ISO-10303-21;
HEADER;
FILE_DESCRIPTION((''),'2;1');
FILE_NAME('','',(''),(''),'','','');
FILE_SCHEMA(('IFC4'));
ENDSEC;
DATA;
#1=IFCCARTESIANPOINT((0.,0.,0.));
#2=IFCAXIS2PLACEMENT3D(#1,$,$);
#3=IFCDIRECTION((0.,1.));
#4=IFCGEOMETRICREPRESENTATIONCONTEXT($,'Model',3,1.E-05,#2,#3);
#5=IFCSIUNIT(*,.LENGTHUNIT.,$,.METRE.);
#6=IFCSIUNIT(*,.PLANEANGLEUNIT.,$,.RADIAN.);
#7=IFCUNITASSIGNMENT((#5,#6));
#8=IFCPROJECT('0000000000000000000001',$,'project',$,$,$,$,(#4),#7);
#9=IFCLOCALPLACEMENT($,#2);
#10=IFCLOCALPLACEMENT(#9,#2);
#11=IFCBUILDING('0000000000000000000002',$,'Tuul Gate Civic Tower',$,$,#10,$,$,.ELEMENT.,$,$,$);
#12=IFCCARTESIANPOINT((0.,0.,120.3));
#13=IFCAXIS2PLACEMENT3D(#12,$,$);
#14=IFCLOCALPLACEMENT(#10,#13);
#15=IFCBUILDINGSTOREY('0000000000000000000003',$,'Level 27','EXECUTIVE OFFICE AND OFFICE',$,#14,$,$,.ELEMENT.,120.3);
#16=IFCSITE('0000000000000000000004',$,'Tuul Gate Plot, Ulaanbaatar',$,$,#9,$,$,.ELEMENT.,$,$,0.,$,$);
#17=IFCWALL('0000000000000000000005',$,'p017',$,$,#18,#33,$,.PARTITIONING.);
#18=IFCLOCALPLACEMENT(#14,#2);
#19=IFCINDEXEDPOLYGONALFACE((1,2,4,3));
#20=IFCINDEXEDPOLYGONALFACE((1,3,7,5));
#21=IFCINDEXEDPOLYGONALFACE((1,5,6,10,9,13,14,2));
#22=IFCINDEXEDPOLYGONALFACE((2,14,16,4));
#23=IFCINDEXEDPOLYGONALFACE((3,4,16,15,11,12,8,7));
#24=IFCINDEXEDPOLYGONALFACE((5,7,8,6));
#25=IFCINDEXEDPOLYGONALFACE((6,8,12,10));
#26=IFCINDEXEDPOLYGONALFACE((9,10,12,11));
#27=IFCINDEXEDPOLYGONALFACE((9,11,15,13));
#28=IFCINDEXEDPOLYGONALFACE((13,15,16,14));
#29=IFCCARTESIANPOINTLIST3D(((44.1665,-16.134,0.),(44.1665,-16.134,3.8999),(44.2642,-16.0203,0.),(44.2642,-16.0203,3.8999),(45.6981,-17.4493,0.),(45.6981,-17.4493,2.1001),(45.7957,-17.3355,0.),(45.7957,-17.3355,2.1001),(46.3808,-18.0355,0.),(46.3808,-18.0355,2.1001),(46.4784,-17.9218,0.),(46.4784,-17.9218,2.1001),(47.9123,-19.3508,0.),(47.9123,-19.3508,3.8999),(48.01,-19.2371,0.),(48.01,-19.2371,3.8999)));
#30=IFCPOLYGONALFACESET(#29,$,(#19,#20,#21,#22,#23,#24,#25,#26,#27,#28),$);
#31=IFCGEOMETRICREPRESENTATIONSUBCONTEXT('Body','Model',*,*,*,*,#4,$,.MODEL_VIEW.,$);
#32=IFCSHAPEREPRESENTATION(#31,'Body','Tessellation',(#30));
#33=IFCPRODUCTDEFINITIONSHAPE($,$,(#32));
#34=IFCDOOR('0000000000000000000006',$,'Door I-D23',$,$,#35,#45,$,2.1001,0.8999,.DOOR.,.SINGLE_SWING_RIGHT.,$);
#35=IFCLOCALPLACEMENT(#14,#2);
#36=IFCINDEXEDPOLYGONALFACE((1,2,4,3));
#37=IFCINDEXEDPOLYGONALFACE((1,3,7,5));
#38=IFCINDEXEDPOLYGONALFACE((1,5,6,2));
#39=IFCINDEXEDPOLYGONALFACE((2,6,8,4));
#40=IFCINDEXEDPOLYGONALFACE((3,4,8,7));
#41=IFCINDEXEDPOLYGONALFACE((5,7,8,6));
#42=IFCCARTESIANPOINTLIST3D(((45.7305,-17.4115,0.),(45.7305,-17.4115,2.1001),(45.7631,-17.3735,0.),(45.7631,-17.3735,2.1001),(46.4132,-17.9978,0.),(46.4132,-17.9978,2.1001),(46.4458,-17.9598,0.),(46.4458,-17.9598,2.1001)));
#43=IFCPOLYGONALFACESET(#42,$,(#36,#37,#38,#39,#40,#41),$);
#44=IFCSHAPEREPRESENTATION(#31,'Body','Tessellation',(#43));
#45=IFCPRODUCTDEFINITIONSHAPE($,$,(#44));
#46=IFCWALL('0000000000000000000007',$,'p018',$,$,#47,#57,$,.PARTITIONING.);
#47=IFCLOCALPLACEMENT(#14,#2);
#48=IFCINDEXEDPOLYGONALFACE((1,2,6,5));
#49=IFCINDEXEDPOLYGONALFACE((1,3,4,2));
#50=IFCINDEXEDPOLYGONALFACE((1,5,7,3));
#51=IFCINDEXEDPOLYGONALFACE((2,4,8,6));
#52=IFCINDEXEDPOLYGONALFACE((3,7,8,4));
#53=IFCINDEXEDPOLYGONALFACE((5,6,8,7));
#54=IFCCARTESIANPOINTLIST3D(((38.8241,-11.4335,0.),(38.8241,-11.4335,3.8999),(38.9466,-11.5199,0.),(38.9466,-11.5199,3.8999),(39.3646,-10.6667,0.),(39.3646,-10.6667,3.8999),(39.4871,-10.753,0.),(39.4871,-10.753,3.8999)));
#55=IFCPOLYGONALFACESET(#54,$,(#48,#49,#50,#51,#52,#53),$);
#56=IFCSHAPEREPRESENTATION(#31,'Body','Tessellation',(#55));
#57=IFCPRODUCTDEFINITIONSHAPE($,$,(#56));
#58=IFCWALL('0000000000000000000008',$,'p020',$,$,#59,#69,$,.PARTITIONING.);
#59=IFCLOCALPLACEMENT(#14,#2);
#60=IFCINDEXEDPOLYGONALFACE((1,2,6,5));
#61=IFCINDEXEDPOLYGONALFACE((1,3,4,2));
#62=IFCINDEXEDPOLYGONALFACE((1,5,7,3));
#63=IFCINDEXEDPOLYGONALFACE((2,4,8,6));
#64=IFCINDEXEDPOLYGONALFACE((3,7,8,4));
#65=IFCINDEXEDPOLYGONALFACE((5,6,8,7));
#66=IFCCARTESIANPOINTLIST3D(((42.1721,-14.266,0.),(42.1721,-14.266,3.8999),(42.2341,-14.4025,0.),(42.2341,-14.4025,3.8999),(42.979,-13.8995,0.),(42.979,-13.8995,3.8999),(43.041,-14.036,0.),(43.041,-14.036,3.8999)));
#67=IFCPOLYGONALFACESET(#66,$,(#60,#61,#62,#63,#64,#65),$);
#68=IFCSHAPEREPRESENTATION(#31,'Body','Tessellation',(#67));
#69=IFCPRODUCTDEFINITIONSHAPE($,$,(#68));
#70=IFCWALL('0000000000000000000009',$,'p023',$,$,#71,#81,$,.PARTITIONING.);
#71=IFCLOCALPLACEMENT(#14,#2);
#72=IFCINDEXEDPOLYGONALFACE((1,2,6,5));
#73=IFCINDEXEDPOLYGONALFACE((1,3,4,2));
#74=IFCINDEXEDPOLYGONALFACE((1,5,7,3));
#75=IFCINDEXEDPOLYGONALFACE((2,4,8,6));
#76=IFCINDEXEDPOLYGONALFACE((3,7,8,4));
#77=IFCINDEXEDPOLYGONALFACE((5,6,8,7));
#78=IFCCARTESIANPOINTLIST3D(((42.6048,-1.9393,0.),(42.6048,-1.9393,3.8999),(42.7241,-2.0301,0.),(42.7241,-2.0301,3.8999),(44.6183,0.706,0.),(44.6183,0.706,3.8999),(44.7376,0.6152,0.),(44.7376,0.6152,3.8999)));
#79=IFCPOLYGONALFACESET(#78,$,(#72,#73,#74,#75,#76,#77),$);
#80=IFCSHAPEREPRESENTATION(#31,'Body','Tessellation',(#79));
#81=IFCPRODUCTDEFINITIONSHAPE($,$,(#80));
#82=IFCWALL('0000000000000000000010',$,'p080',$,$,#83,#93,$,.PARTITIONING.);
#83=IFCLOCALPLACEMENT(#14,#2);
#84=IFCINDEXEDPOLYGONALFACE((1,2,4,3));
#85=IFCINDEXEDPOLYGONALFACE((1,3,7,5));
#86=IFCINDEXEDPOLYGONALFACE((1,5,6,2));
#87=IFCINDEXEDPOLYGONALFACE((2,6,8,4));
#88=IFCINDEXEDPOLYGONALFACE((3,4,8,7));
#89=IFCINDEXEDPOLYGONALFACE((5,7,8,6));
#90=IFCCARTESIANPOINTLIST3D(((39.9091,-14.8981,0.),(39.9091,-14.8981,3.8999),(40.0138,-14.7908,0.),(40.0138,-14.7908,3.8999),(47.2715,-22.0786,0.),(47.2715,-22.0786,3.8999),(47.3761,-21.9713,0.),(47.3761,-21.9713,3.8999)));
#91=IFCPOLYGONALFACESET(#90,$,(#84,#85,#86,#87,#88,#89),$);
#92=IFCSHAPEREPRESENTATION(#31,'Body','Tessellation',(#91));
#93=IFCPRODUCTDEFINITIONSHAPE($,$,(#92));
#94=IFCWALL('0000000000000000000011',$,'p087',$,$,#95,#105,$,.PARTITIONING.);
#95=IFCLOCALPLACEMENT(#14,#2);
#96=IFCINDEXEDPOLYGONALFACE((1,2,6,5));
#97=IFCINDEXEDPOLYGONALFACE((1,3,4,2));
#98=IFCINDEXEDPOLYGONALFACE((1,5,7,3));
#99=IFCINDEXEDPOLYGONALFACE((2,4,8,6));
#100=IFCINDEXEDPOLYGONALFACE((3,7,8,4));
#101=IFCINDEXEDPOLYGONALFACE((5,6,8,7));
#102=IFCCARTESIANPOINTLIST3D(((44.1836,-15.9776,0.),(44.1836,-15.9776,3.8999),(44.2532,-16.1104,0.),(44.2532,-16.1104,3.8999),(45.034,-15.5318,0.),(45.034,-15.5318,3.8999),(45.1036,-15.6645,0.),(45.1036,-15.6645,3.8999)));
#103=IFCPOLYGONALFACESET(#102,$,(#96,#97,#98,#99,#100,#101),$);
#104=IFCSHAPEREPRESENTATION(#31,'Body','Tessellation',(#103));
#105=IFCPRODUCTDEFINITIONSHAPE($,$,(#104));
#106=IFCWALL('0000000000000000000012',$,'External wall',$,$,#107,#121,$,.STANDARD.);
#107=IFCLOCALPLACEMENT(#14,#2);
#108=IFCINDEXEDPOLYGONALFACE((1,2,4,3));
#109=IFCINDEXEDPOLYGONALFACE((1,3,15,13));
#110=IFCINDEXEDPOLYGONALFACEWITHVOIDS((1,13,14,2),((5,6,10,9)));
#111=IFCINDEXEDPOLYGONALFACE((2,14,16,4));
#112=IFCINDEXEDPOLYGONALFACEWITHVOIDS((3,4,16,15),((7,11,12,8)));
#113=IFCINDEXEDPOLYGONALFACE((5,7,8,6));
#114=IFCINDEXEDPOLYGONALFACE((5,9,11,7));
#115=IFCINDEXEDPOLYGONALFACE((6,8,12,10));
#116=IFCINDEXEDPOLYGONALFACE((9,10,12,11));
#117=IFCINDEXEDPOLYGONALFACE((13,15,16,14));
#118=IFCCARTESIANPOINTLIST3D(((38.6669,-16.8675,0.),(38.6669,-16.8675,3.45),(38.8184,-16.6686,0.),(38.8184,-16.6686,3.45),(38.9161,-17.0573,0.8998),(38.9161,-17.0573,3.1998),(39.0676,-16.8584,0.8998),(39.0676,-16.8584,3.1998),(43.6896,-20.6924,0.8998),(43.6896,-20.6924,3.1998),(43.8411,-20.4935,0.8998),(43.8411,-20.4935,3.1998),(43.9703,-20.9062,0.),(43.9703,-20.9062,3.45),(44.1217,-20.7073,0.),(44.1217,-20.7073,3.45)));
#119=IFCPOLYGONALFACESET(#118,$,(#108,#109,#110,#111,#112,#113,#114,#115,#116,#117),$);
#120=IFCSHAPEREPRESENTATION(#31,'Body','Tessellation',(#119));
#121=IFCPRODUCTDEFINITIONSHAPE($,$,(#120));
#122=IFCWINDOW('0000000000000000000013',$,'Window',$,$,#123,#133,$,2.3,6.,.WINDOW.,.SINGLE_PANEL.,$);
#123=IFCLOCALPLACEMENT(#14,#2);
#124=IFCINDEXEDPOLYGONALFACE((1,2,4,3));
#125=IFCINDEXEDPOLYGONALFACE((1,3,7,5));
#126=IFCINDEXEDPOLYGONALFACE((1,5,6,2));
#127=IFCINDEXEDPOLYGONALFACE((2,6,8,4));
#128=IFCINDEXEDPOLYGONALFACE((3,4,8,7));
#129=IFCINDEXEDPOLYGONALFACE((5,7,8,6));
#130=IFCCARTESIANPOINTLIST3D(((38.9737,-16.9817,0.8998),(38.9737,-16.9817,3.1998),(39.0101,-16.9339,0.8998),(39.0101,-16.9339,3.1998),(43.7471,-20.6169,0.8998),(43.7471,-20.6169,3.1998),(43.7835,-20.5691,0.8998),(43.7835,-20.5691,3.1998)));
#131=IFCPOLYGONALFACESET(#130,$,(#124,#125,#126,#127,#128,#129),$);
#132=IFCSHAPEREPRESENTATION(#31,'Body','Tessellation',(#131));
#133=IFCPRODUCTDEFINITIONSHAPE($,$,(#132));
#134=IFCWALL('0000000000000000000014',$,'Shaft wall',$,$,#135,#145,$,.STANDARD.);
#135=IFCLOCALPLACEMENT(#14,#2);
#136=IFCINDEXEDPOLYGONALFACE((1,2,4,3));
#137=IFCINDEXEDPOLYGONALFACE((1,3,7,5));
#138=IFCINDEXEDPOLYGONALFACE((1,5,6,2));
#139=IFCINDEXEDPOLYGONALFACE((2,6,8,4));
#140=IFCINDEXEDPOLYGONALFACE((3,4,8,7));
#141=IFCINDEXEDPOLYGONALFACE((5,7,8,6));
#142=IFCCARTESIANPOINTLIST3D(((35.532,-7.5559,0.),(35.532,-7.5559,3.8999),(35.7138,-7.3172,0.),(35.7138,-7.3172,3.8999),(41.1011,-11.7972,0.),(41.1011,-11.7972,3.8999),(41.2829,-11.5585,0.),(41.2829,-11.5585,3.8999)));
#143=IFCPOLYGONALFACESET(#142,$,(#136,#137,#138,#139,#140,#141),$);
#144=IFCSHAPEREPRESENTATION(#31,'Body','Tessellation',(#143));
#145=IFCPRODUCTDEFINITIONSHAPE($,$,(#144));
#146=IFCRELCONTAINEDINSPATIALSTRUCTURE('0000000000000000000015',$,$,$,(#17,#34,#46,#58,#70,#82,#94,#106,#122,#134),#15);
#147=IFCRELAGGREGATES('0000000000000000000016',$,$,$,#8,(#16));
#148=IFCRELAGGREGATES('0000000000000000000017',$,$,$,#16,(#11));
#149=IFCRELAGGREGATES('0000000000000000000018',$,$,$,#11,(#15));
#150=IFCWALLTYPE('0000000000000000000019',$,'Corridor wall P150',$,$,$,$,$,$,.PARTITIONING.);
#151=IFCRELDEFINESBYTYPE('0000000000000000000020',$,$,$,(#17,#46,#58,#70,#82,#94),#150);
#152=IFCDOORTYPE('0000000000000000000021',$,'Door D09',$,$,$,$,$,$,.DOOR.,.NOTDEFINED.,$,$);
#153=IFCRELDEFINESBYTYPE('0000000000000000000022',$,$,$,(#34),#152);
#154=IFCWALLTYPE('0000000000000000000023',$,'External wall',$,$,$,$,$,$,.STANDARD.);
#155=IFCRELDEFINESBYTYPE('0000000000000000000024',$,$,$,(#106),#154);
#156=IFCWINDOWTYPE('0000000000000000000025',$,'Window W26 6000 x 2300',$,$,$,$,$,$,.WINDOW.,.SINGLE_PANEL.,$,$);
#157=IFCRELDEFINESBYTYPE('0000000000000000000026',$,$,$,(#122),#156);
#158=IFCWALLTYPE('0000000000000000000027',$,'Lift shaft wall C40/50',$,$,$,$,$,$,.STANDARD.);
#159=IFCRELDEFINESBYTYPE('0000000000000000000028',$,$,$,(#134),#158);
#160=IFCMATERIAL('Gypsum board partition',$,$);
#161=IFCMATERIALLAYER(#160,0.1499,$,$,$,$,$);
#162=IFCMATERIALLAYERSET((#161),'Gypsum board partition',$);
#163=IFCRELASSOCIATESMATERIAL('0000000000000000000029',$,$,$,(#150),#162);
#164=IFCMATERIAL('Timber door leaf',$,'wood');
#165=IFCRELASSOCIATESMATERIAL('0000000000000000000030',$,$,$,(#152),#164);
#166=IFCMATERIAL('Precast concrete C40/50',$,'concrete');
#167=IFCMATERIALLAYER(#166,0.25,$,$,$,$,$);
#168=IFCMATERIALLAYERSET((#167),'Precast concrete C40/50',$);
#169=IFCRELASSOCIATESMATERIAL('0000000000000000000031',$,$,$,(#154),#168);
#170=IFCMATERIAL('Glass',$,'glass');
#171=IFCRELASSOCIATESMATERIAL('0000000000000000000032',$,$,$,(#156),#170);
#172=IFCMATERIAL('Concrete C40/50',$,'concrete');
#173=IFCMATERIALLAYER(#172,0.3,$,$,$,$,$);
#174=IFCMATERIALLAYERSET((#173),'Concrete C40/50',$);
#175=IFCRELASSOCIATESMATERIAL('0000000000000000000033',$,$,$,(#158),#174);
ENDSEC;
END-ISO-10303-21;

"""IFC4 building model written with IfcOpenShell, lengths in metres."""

from ifc_helpers import new_model, si_unit, direction, frame, frame_2d, origin, place, context, subcontext, project, spatial, rectangle, extrude, material, layer, layer_set, type_object, element, fill, save


model = new_model("IFC4")

# Units and contexts
model_context = context("Model", 3, precision=1e-05, world=origin(), true_north=direction((0.0, 1.0)))
body_context = subcontext(model_context, "Body", "Model", "MODEL_VIEW")
ifc_project = project(units=[si_unit("LENGTHUNIT", "METRE"), si_unit("PLANEANGLEUNIT", "RADIAN")], contexts=[model_context])

# Site, building, storey
site_placement = place(None, origin())
site = spatial("IfcSite", under=ifc_project, at=site_placement, Name="Tuul Gate Plot, Ulaanbaatar", CompositionType="ELEMENT", RefElevation=0.0)
building_placement = place(site_placement, origin())
building = spatial("IfcBuilding", under=site, at=building_placement, Name="Tuul Gate Civic Tower", CompositionType="ELEMENT")
storey_placement = place(building_placement, frame((0.0, 0.0, 120.3)))
storey = spatial("IfcBuildingStorey", under=building, at=storey_placement, Name="Level 27", Description="EXECUTIVE OFFICE AND OFFICE", CompositionType="ELEMENT", Elevation=120.3)

# Wall, opening, door
ifc_material_1 = material(Name="Gypsum board partition")
ifc_layer_1 = layer(ifc_material_1, 0.1499)
ifc_layer_set_1 = layer_set([ifc_layer_1], Name="Gypsum board partition")
wall_type_1 = type_object("IfcWallType", Name="Corridor wall P150", PredefinedType="PARTITIONING", material=ifc_layer_set_1)
wall_1_placement = place(storey_placement, frame((44.2153, -16.0771, 0.0), z_axis=(0.0, 0.0, 1.0), x_axis=(0.758649, -0.6515, 0.0)))
wall_1 = element("IfcWall", 1, at=wall_1_placement, inside=storey, type_object=wall_type_1, Name="p017", PredefinedType="PARTITIONING", context=body_context, shape_type="SweptSolid", body=[
    extrude(rectangle(XDim=4.9375, YDim=0.1499, at=frame_2d((2.4688, 0.0))), origin(), (0.0, 0.0, 1.0), 3.8999),
])
opening_1_placement = place(wall_1_placement, frame((2.0188, 0.0, 0.0)))
opening_1 = element("IfcOpeningElement", 2, at=opening_1_placement, cuts=wall_1, PredefinedType="OPENING", context=body_context, shape_type="SweptSolid", body=[
    extrude(rectangle(XDim=0.8999, YDim=2.1001, at=frame_2d((0.45, 1.05))), frame((0.0, 0.085, 0.0), z_axis=(0.0, -1.0, 0.0), x_axis=(1.0, 0.0, 0.0)), (0.0, 0.0, 1.0), 0.1699),
])
ifc_material_2 = material(Name="Timber door leaf", Category="wood")
door_type_1 = type_object("IfcDoorType", Name="Door D09", OperationType="NOTDEFINED", PredefinedType="DOOR", material=ifc_material_2)
door_1_placement = place(opening_1_placement, origin())
door_1 = element("IfcDoor", 3, at=door_1_placement, inside=storey, type_object=door_type_1, Name="Door I-D23", OperationType="SINGLE_SWING_RIGHT", OverallHeight=2.1001, OverallWidth=0.8999, PredefinedType="DOOR", context=body_context, shape_type="SweptSolid", body=[
    extrude(rectangle(XDim=0.8999, YDim=2.1001, at=frame_2d((0.45, 1.05))), frame((0.0, 0.0249, 0.0), z_axis=(0.0, -1.0, 0.0), x_axis=(1.0, 0.0, 0.0)), (0.0, 0.0, 1.0), 0.05),
])
fill(opening_1, door_1)

# Walls
wall_2_placement = place(storey_placement, frame((38.8853, -11.4768, 0.0), z_axis=(0.0, 0.0, 1.0), x_axis=(0.576131, 0.817357, 0.0)))
element("IfcWall", 4, at=wall_2_placement, inside=storey, type_object=wall_type_1, Name="p018", PredefinedType="PARTITIONING", context=body_context, shape_type="SweptSolid", body=[
    extrude(rectangle(XDim=0.9382, YDim=0.1499, at=frame_2d((0.4692, 0.0))), origin(), (0.0, 0.0, 1.0), 3.8999),
])
wall_3_placement = place(storey_placement, frame((42.2031, -14.3342, 0.0), z_axis=(0.0, 0.0, 1.0), x_axis=(0.910499, 0.413512, 0.0)))
element("IfcWall", 5, at=wall_3_placement, inside=storey, type_object=wall_type_1, Name="p020", PredefinedType="PARTITIONING", context=body_context, shape_type="SweptSolid", body=[
    extrude(rectangle(XDim=0.8862, YDim=0.1499, at=frame_2d((0.4431, 0.0))), origin(), (0.0, 0.0, 1.0), 3.8999),
])
wall_4_placement = place(storey_placement, frame((42.6646, -1.9846, 0.0), z_axis=(0.0, 0.0, 1.0), x_axis=(0.60566, 0.795723, 0.0)))
element("IfcWall", 6, at=wall_4_placement, inside=storey, type_object=wall_type_1, Name="p023", PredefinedType="PARTITIONING", context=body_context, shape_type="SweptSolid", body=[
    extrude(rectangle(XDim=3.3245, YDim=0.1499, at=frame_2d((1.6621, 0.0))), origin(), (0.0, 0.0, 1.0), 3.8999),
])
wall_5_placement = place(storey_placement, frame((39.9614, -14.8445, 0.0), z_axis=(0.0, 0.0, 1.0), x_axis=(0.715895, -0.698208, 0.0)))
element("IfcWall", 7, at=wall_5_placement, inside=storey, type_object=wall_type_1, Name="p080", PredefinedType="PARTITIONING", context=body_context, shape_type="SweptSolid", body=[
    extrude(rectangle(XDim=10.2842, YDim=0.1499, at=frame_2d((5.1421, 0.0))), origin(), (0.0, 0.0, 1.0), 3.8999),
])
wall_6_placement = place(storey_placement, frame((44.2185, -16.0439, 0.0), z_axis=(0.0, 0.0, 1.0), x_axis=(0.885667, 0.464321, 0.0)))
element("IfcWall", 8, at=wall_6_placement, inside=storey, type_object=wall_type_1, Name="p087", PredefinedType="PARTITIONING", context=body_context, shape_type="SweptSolid", body=[
    extrude(rectangle(XDim=0.9602, YDim=0.1499, at=frame_2d((0.48, 0.0))), origin(), (0.0, 0.0, 1.0), 3.8999),
])

# Wall, opening, window
ifc_material_3 = material(Name="Precast concrete C40/50", Category="concrete")
ifc_layer_2 = layer(ifc_material_3, 0.25)
ifc_layer_set_2 = layer_set([ifc_layer_2], Name="Precast concrete C40/50")
wall_type_2 = type_object("IfcWallType", Name="External wall", PredefinedType="STANDARD", material=ifc_layer_set_2)
wall_7_placement = place(storey_placement, frame((38.7427, -16.7681, 0.0), z_axis=(0.0, 0.0, 1.0), x_axis=(0.795575, -0.605856, 0.0)))
wall_7 = element("IfcWall", 9, at=wall_7_placement, inside=storey, type_object=wall_type_2, Name="External wall", PredefinedType="STANDARD", context=body_context, shape_type="SweptSolid", body=[
    extrude(rectangle(XDim=6.666, YDim=0.25, at=frame_2d((3.333, 0.0))), origin(), (0.0, 0.0, 1.0), 3.45),
])
opening_2_placement = place(wall_7_placement, frame((0.3132, 0.0, 0.8999)))
opening_2 = element("IfcOpeningElement", 10, at=opening_2_placement, cuts=wall_7, PredefinedType="OPENING", context=body_context, shape_type="SweptSolid", body=[
    extrude(rectangle(XDim=6.0, YDim=2.3, at=frame_2d((3.0, 1.1499))), frame((0.0, 0.135, 0.0), z_axis=(0.0, -1.0, 0.0), x_axis=(1.0, 0.0, 0.0)), (0.0, 0.0, 1.0), 0.27),
])
ifc_material_4 = material(Name="Glass", Category="glass")
window_type = type_object("IfcWindowType", Name="Window W26 6000 x 2300", PartitioningType="SINGLE_PANEL", PredefinedType="WINDOW", material=ifc_material_4)
window_placement = place(opening_2_placement, origin())
window = element("IfcWindow", 11, at=window_placement, inside=storey, type_object=window_type, Name="Window", OverallHeight=2.3, OverallWidth=6.0, PartitioningType="SINGLE_PANEL", PredefinedType="WINDOW", context=body_context, shape_type="SweptSolid", body=[
    extrude(rectangle(XDim=6.0, YDim=2.3, at=frame_2d((3.0, 1.1499))), frame((0.0, 0.03, 0.0), z_axis=(0.0, -1.0, 0.0), x_axis=(1.0, 0.0, 0.0)), (0.0, 0.0, 1.0), 0.0601),
])
fill(opening_2, window)

# Wall
ifc_material_5 = material(Name="Concrete C40/50", Category="concrete")
ifc_layer_3 = layer(ifc_material_5, 0.3)
ifc_layer_set_3 = layer_set([ifc_layer_3], Name="Concrete C40/50")
wall_type_3 = type_object("IfcWallType", Name="Lift shaft wall C40/50", PredefinedType="STANDARD", material=ifc_layer_set_3)
wall_8_placement = place(storey_placement, frame((41.1919, -11.6777, 0.0), z_axis=(0.0, 0.0, 1.0), x_axis=(-0.795563, 0.605871, 0.0)))
element("IfcWall", 12, at=wall_8_placement, inside=storey, type_object=wall_type_3, Name="Shaft wall", PredefinedType="STANDARD", context=body_context, shape_type="SweptSolid", body=[
    extrude(rectangle(XDim=7.0002, YDim=0.3, at=frame_2d((3.5, 0.0))), origin(), (0.0, 0.0, 1.0), 3.8999),
])

save(model, "model.ifc")
